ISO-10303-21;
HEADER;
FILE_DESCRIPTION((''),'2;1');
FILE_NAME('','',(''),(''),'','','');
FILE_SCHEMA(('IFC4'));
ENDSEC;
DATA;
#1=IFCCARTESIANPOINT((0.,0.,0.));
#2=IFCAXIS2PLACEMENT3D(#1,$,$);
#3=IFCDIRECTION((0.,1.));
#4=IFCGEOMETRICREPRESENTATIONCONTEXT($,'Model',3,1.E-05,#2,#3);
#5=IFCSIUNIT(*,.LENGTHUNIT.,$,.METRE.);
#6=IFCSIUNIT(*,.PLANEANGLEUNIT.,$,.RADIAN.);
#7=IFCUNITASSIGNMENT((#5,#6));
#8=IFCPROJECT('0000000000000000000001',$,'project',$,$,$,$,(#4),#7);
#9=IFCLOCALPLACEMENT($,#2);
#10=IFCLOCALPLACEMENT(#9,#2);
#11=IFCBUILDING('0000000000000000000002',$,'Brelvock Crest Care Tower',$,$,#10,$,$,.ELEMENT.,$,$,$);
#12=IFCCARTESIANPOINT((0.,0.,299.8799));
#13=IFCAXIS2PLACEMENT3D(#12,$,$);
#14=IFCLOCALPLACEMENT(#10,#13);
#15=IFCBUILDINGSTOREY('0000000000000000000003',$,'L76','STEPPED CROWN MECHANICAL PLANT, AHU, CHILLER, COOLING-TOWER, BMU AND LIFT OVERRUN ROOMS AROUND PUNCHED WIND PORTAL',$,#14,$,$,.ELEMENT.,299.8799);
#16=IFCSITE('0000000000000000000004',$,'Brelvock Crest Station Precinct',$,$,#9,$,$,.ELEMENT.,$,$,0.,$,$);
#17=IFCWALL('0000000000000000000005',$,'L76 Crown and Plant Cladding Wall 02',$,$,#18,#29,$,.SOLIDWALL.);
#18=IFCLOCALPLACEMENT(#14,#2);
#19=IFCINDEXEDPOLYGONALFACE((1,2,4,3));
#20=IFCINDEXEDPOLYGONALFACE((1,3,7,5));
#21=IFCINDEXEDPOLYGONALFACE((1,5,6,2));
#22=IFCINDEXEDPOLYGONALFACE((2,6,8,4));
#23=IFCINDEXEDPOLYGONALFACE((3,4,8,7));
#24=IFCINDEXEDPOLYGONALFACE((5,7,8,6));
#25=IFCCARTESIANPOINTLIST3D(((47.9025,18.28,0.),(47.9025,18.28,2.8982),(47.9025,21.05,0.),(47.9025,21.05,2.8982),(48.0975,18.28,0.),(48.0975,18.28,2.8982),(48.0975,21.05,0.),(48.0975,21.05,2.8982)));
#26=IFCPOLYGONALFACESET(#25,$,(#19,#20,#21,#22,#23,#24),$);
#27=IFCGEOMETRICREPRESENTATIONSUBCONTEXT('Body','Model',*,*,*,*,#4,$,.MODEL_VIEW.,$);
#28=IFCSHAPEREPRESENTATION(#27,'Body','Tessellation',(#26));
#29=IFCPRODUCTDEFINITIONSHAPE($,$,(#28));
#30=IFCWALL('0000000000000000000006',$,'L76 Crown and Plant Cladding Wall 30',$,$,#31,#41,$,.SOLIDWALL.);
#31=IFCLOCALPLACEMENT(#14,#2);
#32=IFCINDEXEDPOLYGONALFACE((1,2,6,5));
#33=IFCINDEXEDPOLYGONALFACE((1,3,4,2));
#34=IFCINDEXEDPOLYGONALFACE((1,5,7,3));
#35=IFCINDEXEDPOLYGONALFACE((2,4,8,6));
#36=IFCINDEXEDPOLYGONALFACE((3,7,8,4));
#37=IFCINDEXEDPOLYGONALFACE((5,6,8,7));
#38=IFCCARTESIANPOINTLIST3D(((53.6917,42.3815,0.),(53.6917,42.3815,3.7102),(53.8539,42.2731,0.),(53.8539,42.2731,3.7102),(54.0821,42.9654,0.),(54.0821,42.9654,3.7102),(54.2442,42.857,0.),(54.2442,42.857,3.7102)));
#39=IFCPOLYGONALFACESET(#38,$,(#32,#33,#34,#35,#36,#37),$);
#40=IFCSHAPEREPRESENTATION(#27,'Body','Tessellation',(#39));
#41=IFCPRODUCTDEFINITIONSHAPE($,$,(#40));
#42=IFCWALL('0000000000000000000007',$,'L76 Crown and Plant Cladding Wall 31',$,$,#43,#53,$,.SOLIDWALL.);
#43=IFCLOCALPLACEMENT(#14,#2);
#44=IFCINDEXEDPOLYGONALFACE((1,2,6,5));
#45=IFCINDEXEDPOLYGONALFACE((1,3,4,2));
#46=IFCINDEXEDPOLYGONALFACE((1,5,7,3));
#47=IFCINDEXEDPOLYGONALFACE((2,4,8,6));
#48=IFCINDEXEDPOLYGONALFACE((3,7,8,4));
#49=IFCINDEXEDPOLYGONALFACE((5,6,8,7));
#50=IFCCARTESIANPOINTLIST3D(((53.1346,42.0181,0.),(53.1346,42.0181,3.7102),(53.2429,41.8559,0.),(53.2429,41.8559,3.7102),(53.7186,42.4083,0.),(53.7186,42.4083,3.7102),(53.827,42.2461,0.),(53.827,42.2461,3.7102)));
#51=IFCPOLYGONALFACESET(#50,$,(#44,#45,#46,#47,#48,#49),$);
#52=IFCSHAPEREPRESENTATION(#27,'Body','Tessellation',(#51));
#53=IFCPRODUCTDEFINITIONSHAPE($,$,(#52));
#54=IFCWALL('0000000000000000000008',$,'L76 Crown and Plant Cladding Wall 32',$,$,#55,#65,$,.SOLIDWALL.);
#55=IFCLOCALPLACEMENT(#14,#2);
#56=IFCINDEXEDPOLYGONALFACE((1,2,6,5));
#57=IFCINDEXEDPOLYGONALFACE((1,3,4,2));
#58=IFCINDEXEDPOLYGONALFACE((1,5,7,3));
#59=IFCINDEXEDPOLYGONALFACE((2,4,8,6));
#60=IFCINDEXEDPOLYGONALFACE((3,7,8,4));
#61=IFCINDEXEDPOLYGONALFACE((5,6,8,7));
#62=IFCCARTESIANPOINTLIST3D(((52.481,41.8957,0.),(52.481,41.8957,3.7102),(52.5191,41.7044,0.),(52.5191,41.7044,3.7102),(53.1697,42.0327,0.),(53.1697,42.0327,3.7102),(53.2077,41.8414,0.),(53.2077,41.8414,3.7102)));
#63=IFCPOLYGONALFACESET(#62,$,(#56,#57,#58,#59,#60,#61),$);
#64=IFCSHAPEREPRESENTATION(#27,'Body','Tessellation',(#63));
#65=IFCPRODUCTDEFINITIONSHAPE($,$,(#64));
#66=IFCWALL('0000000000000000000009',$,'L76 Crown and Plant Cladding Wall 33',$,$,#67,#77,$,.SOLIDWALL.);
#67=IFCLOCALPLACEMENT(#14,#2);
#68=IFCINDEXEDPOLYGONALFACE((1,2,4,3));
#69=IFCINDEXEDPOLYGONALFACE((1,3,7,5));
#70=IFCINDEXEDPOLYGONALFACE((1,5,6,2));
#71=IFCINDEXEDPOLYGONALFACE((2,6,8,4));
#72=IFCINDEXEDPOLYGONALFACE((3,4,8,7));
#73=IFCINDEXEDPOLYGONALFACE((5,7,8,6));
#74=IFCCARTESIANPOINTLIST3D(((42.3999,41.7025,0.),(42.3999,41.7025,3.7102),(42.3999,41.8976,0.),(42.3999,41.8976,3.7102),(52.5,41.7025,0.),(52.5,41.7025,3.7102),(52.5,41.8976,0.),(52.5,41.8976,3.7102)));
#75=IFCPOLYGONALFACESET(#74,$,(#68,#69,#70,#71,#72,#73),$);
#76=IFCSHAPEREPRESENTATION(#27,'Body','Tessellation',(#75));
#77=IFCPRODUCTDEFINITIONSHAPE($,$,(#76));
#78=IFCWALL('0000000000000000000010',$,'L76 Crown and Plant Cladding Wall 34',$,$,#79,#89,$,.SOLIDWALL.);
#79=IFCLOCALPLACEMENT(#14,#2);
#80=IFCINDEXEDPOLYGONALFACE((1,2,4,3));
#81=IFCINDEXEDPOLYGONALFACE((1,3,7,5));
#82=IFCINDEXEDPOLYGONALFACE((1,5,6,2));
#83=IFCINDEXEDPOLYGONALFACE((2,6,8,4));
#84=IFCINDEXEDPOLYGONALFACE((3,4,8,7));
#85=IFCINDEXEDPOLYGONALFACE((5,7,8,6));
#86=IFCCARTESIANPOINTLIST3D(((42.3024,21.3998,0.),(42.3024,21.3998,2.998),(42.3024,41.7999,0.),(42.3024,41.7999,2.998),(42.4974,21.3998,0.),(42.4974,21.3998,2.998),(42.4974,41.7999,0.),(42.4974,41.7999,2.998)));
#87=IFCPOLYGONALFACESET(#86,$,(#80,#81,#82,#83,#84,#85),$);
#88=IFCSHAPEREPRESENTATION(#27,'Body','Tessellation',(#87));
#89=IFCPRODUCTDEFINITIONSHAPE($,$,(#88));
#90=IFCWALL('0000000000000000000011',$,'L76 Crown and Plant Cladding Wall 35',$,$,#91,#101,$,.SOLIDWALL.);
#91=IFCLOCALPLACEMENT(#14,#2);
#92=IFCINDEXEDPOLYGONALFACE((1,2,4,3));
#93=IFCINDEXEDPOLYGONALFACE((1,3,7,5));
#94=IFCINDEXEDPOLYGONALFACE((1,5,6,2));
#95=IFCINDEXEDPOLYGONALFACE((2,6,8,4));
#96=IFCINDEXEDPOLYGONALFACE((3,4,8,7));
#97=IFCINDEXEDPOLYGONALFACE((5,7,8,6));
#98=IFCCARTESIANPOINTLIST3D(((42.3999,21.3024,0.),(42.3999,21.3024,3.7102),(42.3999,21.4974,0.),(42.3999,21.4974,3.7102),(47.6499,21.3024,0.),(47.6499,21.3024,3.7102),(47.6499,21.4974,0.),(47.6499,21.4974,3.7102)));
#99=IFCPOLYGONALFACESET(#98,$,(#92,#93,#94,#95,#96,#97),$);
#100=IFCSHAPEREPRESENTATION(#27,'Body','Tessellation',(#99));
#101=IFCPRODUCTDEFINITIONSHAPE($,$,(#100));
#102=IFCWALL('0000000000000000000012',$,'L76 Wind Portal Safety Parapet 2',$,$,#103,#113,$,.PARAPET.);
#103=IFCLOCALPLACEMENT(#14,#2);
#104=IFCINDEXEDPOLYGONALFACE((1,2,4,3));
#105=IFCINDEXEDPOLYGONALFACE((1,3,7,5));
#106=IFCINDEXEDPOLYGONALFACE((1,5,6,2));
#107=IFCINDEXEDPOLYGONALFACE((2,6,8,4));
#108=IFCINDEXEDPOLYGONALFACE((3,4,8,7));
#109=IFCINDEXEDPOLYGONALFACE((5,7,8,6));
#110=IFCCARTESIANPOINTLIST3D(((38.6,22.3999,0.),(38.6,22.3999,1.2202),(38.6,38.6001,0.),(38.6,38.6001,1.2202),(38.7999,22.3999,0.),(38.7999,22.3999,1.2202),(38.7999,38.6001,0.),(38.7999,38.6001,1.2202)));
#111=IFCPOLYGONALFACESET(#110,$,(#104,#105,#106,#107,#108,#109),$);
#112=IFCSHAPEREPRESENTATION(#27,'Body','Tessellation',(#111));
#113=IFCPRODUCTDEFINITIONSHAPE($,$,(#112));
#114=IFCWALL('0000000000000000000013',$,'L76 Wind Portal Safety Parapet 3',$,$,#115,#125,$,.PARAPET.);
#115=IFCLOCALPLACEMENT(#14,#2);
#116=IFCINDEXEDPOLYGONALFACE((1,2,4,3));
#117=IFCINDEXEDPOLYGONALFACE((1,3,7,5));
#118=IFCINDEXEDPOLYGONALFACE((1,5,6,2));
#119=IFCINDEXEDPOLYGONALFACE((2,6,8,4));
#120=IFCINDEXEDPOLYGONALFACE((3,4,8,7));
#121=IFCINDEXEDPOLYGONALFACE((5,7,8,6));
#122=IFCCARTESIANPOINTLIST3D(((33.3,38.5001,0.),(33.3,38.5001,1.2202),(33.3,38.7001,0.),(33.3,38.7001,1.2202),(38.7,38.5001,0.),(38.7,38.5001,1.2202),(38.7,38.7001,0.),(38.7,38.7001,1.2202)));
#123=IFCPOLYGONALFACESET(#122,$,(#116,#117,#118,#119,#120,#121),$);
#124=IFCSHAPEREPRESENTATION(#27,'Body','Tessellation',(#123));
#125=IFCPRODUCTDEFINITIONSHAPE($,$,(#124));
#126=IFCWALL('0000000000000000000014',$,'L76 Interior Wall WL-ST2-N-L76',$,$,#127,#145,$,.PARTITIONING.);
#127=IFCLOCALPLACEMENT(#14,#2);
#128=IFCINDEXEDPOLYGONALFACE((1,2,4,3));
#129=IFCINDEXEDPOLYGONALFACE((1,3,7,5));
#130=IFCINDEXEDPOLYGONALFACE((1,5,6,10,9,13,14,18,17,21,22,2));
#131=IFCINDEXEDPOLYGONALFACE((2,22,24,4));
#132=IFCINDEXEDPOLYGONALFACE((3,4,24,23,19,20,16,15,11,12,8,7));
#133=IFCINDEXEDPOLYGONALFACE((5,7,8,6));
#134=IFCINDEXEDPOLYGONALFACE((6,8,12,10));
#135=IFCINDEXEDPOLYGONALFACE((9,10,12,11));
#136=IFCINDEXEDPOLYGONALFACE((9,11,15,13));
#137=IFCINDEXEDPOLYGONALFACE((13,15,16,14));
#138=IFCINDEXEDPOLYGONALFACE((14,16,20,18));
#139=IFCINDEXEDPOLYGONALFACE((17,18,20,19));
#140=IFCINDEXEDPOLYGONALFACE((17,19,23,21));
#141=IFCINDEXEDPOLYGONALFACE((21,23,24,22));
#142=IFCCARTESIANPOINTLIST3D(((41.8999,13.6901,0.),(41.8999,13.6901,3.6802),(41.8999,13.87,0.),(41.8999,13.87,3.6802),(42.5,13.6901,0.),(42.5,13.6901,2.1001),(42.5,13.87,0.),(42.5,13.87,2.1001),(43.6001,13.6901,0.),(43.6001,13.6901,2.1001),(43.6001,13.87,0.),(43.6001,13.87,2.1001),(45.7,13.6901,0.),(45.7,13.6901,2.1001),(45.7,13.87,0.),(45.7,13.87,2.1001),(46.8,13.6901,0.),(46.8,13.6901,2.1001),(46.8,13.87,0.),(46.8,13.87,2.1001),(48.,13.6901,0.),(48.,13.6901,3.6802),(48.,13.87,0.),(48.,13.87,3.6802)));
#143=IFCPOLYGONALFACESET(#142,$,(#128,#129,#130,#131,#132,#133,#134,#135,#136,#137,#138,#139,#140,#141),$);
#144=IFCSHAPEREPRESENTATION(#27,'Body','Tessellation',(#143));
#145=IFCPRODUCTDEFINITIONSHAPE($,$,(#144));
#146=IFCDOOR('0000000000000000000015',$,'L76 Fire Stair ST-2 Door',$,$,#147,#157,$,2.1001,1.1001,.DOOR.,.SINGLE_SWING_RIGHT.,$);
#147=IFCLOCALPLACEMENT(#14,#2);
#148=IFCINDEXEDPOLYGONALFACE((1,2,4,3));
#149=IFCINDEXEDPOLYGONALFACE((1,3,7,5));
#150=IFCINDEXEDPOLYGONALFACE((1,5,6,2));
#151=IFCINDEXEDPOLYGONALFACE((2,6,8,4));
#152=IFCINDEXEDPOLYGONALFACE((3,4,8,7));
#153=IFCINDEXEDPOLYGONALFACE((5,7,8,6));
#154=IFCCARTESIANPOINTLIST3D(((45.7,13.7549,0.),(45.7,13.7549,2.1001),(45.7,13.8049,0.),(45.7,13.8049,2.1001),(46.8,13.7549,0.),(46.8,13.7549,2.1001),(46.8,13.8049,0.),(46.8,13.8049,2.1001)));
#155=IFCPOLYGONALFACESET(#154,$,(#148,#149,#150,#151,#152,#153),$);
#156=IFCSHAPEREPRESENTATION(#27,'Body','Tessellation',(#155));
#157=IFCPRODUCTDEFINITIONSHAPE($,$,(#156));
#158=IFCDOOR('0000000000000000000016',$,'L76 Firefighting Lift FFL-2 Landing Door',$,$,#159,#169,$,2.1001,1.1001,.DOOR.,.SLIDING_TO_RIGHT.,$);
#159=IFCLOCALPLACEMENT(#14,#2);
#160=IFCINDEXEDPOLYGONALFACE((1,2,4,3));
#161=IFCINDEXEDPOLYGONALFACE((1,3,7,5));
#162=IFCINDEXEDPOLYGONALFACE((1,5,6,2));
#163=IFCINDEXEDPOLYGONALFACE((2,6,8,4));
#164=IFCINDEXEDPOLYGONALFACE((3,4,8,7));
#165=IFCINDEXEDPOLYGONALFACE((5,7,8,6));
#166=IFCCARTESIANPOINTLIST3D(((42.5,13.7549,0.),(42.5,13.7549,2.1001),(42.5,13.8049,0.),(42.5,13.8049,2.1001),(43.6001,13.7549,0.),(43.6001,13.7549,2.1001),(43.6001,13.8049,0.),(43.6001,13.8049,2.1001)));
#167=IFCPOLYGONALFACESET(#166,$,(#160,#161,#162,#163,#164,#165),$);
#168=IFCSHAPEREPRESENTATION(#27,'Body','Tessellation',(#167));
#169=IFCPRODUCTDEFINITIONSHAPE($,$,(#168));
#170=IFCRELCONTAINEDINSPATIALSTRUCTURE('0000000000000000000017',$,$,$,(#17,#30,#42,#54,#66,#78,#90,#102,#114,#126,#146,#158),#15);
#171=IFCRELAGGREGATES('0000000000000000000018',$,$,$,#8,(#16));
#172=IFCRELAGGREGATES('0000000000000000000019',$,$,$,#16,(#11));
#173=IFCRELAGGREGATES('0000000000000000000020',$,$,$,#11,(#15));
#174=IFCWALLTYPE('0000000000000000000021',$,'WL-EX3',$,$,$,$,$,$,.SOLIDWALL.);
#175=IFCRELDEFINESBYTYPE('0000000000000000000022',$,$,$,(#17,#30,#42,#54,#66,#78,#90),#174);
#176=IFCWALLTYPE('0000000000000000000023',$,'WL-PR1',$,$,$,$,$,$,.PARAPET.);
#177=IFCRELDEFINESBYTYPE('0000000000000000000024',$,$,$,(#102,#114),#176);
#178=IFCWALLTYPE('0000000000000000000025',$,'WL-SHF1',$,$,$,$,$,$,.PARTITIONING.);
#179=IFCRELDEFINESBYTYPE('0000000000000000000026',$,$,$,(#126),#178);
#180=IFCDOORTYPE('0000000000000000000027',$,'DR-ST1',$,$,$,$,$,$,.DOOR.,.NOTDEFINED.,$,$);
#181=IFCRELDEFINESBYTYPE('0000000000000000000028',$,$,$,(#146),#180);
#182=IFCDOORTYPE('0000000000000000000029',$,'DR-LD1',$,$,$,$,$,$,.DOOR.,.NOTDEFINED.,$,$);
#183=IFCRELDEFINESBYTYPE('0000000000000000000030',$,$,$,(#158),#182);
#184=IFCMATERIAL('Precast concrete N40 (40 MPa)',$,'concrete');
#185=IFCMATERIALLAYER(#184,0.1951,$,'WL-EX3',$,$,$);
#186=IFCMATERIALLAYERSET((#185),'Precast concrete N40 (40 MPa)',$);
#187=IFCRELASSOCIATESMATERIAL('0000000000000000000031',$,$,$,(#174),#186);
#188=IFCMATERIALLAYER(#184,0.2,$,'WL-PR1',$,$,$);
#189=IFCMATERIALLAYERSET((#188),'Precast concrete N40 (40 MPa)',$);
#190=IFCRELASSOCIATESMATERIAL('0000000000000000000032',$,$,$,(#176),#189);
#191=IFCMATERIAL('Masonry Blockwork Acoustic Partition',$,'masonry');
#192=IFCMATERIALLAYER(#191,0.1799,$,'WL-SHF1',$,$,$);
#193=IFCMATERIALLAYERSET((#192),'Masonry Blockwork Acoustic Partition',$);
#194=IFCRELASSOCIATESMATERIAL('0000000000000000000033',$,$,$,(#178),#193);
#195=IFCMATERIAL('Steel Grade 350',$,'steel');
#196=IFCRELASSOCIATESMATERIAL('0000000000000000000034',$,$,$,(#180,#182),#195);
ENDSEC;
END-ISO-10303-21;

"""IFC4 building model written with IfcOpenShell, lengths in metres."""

from ifc_helpers import new_model, si_unit, direction, frame, frame_2d, origin, origin_2d, place, context, subcontext, project, spatial, rectangle, extrude, source, transform, mapped, material, layer, layer_set, type_object, element, fill, save


model = new_model("IFC4")

# Units and contexts
model_context = context("Model", 3, precision=1e-05, world=origin(), true_north=direction((0.0, 1.0)))
body_context = subcontext(model_context, "Body", "Model", "MODEL_VIEW")
ifc_project = project(units=[si_unit("LENGTHUNIT", "METRE"), si_unit("PLANEANGLEUNIT", "RADIAN")], contexts=[model_context])

# Site, building, storey
site_placement = place(None, origin())
site = spatial("IfcSite", under=ifc_project, at=site_placement, Name="Brelvock Crest Station Precinct", CompositionType="ELEMENT", RefElevation=0.0)
building_placement = place(site_placement, origin())
building = spatial("IfcBuilding", under=site, at=building_placement, Name="Brelvock Crest Care Tower", CompositionType="ELEMENT")
storey_placement = place(building_placement, frame((0.0, 0.0, 299.8799)))
storey = spatial("IfcBuildingStorey", under=building, at=storey_placement, Name="L76", Description="STEPPED CROWN MECHANICAL PLANT, AHU, CHILLER, COOLING-TOWER, BMU AND LIFT OVERRUN ROOMS AROUND PUNCHED WIND PORTAL", CompositionType="ELEMENT", Elevation=299.8799)

# Shared definitions
ifc_material_1 = material(Name="Steel Grade 350", Category="steel")

# Walls
ifc_material_2 = material(Name="Precast concrete N40 (40 MPa)", Category="concrete")
ifc_layer_1 = layer(ifc_material_2, 0.1951, Name="WL-EX3")
ifc_layer_set_1 = layer_set([ifc_layer_1], Name="Precast concrete N40 (40 MPa)")
wall_type_1 = type_object("IfcWallType", Name="WL-EX3", PredefinedType="SOLIDWALL", material=ifc_layer_set_1)
wall_1_placement = place(storey_placement, frame((48.0, 21.05, 0.0), z_axis=(0.0, 0.0, 1.0), x_axis=(0.0, -1.0, 0.0)))
element("IfcWall", 1, at=wall_1_placement, inside=storey, type_object=wall_type_1, Name="L76 Crown and Plant Cladding Wall 02", PredefinedType="SOLIDWALL", context=body_context, shape_type="SweptSolid", body=[
    extrude(rectangle(XDim=2.77, YDim=0.1951, at=frame_2d((1.385, 0.0))), origin(), (0.0, 0.0, 1.0), 2.8982),
])
for number, where, z_axis, x_axis, name in (
    (2, (54.1631, 42.9111, 0.0), (0.0, 0.0, 1.0), (-0.555742, -0.831355, 0.0), "L76 Crown and Plant Cladding Wall 30"),
    (3, (53.7727, 42.3271, 0.0), (0.0, 0.0, 1.0), (-0.831515, -0.555502, 0.0), "L76 Crown and Plant Cladding Wall 31"),
):
    element("IfcWall", number, at=place(storey_placement, frame(where, z_axis=z_axis, x_axis=x_axis)), inside=storey, type_object=wall_type_1, Name=name, PredefinedType="SOLIDWALL", context=body_context, shape_type="SweptSolid", body=[
        extrude(rectangle(XDim=0.7024, YDim=0.1951, at=frame_2d((0.3511, 0.0))), origin(), (0.0, 0.0, 1.0), 3.7102),
    ])
wall_2_placement = place(storey_placement, frame((53.1887, 41.937, 0.0), z_axis=(0.0, 0.0, 1.0), x_axis=(-0.980794, -0.195046, 0.0)))
element("IfcWall", 4, at=wall_2_placement, inside=storey, type_object=wall_type_1, Name="L76 Crown and Plant Cladding Wall 32", PredefinedType="SOLIDWALL", context=body_context, shape_type="SweptSolid", body=[
    extrude(rectangle(XDim=0.7021, YDim=0.1951, at=frame_2d((0.3511, 0.0))), origin(), (0.0, 0.0, 1.0), 3.7102),
])
wall_3_placement = place(storey_placement, frame((52.5, 41.8, 0.0), z_axis=(0.0, 0.0, 1.0), x_axis=(-1.0, 0.0, 0.0)))
element("IfcWall", 5, at=wall_3_placement, inside=storey, type_object=wall_type_1, Name="L76 Crown and Plant Cladding Wall 33", PredefinedType="SOLIDWALL", context=body_context, shape_type="SweptSolid", body=[
    extrude(rectangle(XDim=10.1001, YDim=0.1951, at=frame_2d((5.05, 0.0))), origin(), (0.0, 0.0, 1.0), 3.7102),
])
wall_4_placement = place(storey_placement, frame((42.3999, 41.8, 0.0), z_axis=(0.0, 0.0, 1.0), x_axis=(0.0, -1.0, 0.0)))
element("IfcWall", 6, at=wall_4_placement, inside=storey, type_object=wall_type_1, Name="L76 Crown and Plant Cladding Wall 34", PredefinedType="SOLIDWALL", context=body_context, shape_type="SweptSolid", body=[
    extrude(rectangle(XDim=20.4001, YDim=0.1951, at=frame_2d((10.2002, 0.0))), origin(), (0.0, 0.0, 1.0), 2.998),
])
wall_5_placement = place(storey_placement, frame((42.3999, 21.3999, 0.0), z_axis=(0.0, 0.0, 1.0), x_axis=(1.0, 0.0, 0.0)))
element("IfcWall", 7, at=wall_5_placement, inside=storey, type_object=wall_type_1, Name="L76 Crown and Plant Cladding Wall 35", PredefinedType="SOLIDWALL", context=body_context, shape_type="SweptSolid", body=[
    extrude(rectangle(XDim=5.25, YDim=0.1951, at=frame_2d((2.625, 0.0))), origin(), (0.0, 0.0, 1.0), 3.7102),
])
ifc_layer_2 = layer(ifc_material_2, 0.2, Name="WL-PR1")
ifc_layer_set_2 = layer_set([ifc_layer_2], Name="Precast concrete N40 (40 MPa)")
wall_type_2 = type_object("IfcWallType", Name="WL-PR1", PredefinedType="PARAPET", material=ifc_layer_set_2)
wall_6_placement = place(storey_placement, frame((38.7, 22.3999, 0.0), z_axis=(0.0, 0.0, 1.0), x_axis=(0.0, 1.0, 0.0)))
element("IfcWall", 8, at=wall_6_placement, inside=storey, type_object=wall_type_2, Name="L76 Wind Portal Safety Parapet 2", PredefinedType="PARAPET", context=body_context, shape_type="SweptSolid", body=[
    extrude(rectangle(XDim=16.2002, YDim=0.2, at=frame_2d((8.1001, 0.0))), origin(), (0.0, 0.0, 1.0), 1.2202),
])
wall_7_placement = place(storey_placement, frame((38.7, 38.6001, 0.0), z_axis=(0.0, 0.0, 1.0), x_axis=(-1.0, 0.0, 0.0)))
element("IfcWall", 9, at=wall_7_placement, inside=storey, type_object=wall_type_2, Name="L76 Wind Portal Safety Parapet 3", PredefinedType="PARAPET", context=body_context, shape_type="SweptSolid", body=[
    extrude(rectangle(XDim=5.3999, YDim=0.2, at=frame_2d((2.7, 0.0))), origin(), (0.0, 0.0, 1.0), 1.2202),
])

# Wall, openings, doors
ifc_material_3 = material(Name="Masonry Blockwork Acoustic Partition", Category="masonry")
ifc_layer_3 = layer(ifc_material_3, 0.1799, Name="WL-SHF1")
ifc_layer_set_3 = layer_set([ifc_layer_3], Name="Masonry Blockwork Acoustic Partition")
wall_type_3 = type_object("IfcWallType", Name="WL-SHF1", PredefinedType="PARTITIONING", material=ifc_layer_set_3)
wall_8_placement = place(storey_placement, frame((41.8999, 13.78, 0.0), z_axis=(0.0, 0.0, 1.0), x_axis=(1.0, 0.0, 0.0)))
wall_8 = element("IfcWall", 10, at=wall_8_placement, inside=storey, type_object=wall_type_3, Name="L76 Interior Wall WL-ST2-N-L76", PredefinedType="PARTITIONING", context=body_context, shape_type="SweptSolid", body=[
    extrude(rectangle(XDim=6.1001, YDim=0.1799, at=frame_2d((3.05, 0.0))), origin(), (0.0, 0.0, 1.0), 3.6802),
])
opening_1_placement = place(wall_8_placement, frame((0.6001, 0.0, 0.0)))
opening_1 = element("IfcOpeningElement", 11, at=opening_1_placement, cuts=wall_8, PredefinedType="OPENING", context=body_context, shape_type="SweptSolid", body=[
    extrude(rectangle(XDim=1.1001, YDim=2.1001, at=origin_2d()), frame((0.55, 0.1001, 1.05), z_axis=(0.0, -1.0, 0.0), x_axis=(1.0, 0.0, 0.0)), (0.0, 0.0, 1.0), 0.2),
])
opening_2_placement = place(wall_8_placement, frame((3.8, 0.0, 0.0)))
opening_2 = element("IfcOpeningElement", 12, at=opening_2_placement, cuts=wall_8, PredefinedType="OPENING", context=body_context, shape_type="SweptSolid", body=[
    extrude(rectangle(XDim=1.1001, YDim=2.1001, at=origin_2d()), frame((0.55, 0.1001, 1.05), z_axis=(0.0, -1.0, 0.0), x_axis=(1.0, 0.0, 0.0)), (0.0, 0.0, 1.0), 0.2),
])
door_type_1 = type_object("IfcDoorType", Name="DR-ST1", OperationType="NOTDEFINED", PredefinedType="DOOR", material=ifc_material_1)
shared_shape_1 = source(origin(), body_context, "Body", "SweptSolid", [
    extrude(rectangle(XDim=1.1001, YDim=2.1001, at=origin_2d()), frame((0.55, 0.0249, 1.05), z_axis=(0.0, -1.0, 0.0), x_axis=(1.0, 0.0, 0.0)), (0.0, 0.0, 1.0), 0.05),
])
door_1_placement = place(opening_2_placement, origin())
door_1 = element("IfcDoor", 13, at=door_1_placement, inside=storey, type_object=door_type_1, Name="L76 Fire Stair ST-2 Door", OperationType="SINGLE_SWING_RIGHT", OverallHeight=2.1001, OverallWidth=1.1001, PredefinedType="DOOR", context=body_context, shape_type="MappedRepresentation", body=[
    mapped(shared_shape_1, transform((0.0, 0.0, 0.0), x_axis=(1.0, 0.0, 0.0), y_axis=(0.0, 1.0, 0.0), z_axis=(0.0, 0.0, 1.0), scale=1.0)),
])
fill(opening_2, door_1)
door_type_2 = type_object("IfcDoorType", Name="DR-LD1", OperationType="NOTDEFINED", PredefinedType="DOOR", material=ifc_material_1)
shared_shape_2 = source(origin(), body_context, "Body", "SweptSolid", [
    extrude(rectangle(XDim=1.1001, YDim=2.1001, at=origin_2d()), frame((0.55, 0.0249, 1.05), z_axis=(0.0, -1.0, 0.0), x_axis=(1.0, 0.0, 0.0)), (0.0, 0.0, 1.0), 0.05),
])
door_2_placement = place(opening_1_placement, origin())
door_2 = element("IfcDoor", 14, at=door_2_placement, inside=storey, type_object=door_type_2, Name="L76 Firefighting Lift FFL-2 Landing Door", OperationType="SLIDING_TO_RIGHT", OverallHeight=2.1001, OverallWidth=1.1001, PredefinedType="DOOR", context=body_context, shape_type="MappedRepresentation", body=[
    mapped(shared_shape_2, transform((0.0, 0.0, 0.0), x_axis=(1.0, 0.0, 0.0), y_axis=(0.0, 1.0, 0.0), z_axis=(0.0, 0.0, 1.0), scale=1.0)),
])
fill(opening_1, door_2)

save(model, "model.ifc")
